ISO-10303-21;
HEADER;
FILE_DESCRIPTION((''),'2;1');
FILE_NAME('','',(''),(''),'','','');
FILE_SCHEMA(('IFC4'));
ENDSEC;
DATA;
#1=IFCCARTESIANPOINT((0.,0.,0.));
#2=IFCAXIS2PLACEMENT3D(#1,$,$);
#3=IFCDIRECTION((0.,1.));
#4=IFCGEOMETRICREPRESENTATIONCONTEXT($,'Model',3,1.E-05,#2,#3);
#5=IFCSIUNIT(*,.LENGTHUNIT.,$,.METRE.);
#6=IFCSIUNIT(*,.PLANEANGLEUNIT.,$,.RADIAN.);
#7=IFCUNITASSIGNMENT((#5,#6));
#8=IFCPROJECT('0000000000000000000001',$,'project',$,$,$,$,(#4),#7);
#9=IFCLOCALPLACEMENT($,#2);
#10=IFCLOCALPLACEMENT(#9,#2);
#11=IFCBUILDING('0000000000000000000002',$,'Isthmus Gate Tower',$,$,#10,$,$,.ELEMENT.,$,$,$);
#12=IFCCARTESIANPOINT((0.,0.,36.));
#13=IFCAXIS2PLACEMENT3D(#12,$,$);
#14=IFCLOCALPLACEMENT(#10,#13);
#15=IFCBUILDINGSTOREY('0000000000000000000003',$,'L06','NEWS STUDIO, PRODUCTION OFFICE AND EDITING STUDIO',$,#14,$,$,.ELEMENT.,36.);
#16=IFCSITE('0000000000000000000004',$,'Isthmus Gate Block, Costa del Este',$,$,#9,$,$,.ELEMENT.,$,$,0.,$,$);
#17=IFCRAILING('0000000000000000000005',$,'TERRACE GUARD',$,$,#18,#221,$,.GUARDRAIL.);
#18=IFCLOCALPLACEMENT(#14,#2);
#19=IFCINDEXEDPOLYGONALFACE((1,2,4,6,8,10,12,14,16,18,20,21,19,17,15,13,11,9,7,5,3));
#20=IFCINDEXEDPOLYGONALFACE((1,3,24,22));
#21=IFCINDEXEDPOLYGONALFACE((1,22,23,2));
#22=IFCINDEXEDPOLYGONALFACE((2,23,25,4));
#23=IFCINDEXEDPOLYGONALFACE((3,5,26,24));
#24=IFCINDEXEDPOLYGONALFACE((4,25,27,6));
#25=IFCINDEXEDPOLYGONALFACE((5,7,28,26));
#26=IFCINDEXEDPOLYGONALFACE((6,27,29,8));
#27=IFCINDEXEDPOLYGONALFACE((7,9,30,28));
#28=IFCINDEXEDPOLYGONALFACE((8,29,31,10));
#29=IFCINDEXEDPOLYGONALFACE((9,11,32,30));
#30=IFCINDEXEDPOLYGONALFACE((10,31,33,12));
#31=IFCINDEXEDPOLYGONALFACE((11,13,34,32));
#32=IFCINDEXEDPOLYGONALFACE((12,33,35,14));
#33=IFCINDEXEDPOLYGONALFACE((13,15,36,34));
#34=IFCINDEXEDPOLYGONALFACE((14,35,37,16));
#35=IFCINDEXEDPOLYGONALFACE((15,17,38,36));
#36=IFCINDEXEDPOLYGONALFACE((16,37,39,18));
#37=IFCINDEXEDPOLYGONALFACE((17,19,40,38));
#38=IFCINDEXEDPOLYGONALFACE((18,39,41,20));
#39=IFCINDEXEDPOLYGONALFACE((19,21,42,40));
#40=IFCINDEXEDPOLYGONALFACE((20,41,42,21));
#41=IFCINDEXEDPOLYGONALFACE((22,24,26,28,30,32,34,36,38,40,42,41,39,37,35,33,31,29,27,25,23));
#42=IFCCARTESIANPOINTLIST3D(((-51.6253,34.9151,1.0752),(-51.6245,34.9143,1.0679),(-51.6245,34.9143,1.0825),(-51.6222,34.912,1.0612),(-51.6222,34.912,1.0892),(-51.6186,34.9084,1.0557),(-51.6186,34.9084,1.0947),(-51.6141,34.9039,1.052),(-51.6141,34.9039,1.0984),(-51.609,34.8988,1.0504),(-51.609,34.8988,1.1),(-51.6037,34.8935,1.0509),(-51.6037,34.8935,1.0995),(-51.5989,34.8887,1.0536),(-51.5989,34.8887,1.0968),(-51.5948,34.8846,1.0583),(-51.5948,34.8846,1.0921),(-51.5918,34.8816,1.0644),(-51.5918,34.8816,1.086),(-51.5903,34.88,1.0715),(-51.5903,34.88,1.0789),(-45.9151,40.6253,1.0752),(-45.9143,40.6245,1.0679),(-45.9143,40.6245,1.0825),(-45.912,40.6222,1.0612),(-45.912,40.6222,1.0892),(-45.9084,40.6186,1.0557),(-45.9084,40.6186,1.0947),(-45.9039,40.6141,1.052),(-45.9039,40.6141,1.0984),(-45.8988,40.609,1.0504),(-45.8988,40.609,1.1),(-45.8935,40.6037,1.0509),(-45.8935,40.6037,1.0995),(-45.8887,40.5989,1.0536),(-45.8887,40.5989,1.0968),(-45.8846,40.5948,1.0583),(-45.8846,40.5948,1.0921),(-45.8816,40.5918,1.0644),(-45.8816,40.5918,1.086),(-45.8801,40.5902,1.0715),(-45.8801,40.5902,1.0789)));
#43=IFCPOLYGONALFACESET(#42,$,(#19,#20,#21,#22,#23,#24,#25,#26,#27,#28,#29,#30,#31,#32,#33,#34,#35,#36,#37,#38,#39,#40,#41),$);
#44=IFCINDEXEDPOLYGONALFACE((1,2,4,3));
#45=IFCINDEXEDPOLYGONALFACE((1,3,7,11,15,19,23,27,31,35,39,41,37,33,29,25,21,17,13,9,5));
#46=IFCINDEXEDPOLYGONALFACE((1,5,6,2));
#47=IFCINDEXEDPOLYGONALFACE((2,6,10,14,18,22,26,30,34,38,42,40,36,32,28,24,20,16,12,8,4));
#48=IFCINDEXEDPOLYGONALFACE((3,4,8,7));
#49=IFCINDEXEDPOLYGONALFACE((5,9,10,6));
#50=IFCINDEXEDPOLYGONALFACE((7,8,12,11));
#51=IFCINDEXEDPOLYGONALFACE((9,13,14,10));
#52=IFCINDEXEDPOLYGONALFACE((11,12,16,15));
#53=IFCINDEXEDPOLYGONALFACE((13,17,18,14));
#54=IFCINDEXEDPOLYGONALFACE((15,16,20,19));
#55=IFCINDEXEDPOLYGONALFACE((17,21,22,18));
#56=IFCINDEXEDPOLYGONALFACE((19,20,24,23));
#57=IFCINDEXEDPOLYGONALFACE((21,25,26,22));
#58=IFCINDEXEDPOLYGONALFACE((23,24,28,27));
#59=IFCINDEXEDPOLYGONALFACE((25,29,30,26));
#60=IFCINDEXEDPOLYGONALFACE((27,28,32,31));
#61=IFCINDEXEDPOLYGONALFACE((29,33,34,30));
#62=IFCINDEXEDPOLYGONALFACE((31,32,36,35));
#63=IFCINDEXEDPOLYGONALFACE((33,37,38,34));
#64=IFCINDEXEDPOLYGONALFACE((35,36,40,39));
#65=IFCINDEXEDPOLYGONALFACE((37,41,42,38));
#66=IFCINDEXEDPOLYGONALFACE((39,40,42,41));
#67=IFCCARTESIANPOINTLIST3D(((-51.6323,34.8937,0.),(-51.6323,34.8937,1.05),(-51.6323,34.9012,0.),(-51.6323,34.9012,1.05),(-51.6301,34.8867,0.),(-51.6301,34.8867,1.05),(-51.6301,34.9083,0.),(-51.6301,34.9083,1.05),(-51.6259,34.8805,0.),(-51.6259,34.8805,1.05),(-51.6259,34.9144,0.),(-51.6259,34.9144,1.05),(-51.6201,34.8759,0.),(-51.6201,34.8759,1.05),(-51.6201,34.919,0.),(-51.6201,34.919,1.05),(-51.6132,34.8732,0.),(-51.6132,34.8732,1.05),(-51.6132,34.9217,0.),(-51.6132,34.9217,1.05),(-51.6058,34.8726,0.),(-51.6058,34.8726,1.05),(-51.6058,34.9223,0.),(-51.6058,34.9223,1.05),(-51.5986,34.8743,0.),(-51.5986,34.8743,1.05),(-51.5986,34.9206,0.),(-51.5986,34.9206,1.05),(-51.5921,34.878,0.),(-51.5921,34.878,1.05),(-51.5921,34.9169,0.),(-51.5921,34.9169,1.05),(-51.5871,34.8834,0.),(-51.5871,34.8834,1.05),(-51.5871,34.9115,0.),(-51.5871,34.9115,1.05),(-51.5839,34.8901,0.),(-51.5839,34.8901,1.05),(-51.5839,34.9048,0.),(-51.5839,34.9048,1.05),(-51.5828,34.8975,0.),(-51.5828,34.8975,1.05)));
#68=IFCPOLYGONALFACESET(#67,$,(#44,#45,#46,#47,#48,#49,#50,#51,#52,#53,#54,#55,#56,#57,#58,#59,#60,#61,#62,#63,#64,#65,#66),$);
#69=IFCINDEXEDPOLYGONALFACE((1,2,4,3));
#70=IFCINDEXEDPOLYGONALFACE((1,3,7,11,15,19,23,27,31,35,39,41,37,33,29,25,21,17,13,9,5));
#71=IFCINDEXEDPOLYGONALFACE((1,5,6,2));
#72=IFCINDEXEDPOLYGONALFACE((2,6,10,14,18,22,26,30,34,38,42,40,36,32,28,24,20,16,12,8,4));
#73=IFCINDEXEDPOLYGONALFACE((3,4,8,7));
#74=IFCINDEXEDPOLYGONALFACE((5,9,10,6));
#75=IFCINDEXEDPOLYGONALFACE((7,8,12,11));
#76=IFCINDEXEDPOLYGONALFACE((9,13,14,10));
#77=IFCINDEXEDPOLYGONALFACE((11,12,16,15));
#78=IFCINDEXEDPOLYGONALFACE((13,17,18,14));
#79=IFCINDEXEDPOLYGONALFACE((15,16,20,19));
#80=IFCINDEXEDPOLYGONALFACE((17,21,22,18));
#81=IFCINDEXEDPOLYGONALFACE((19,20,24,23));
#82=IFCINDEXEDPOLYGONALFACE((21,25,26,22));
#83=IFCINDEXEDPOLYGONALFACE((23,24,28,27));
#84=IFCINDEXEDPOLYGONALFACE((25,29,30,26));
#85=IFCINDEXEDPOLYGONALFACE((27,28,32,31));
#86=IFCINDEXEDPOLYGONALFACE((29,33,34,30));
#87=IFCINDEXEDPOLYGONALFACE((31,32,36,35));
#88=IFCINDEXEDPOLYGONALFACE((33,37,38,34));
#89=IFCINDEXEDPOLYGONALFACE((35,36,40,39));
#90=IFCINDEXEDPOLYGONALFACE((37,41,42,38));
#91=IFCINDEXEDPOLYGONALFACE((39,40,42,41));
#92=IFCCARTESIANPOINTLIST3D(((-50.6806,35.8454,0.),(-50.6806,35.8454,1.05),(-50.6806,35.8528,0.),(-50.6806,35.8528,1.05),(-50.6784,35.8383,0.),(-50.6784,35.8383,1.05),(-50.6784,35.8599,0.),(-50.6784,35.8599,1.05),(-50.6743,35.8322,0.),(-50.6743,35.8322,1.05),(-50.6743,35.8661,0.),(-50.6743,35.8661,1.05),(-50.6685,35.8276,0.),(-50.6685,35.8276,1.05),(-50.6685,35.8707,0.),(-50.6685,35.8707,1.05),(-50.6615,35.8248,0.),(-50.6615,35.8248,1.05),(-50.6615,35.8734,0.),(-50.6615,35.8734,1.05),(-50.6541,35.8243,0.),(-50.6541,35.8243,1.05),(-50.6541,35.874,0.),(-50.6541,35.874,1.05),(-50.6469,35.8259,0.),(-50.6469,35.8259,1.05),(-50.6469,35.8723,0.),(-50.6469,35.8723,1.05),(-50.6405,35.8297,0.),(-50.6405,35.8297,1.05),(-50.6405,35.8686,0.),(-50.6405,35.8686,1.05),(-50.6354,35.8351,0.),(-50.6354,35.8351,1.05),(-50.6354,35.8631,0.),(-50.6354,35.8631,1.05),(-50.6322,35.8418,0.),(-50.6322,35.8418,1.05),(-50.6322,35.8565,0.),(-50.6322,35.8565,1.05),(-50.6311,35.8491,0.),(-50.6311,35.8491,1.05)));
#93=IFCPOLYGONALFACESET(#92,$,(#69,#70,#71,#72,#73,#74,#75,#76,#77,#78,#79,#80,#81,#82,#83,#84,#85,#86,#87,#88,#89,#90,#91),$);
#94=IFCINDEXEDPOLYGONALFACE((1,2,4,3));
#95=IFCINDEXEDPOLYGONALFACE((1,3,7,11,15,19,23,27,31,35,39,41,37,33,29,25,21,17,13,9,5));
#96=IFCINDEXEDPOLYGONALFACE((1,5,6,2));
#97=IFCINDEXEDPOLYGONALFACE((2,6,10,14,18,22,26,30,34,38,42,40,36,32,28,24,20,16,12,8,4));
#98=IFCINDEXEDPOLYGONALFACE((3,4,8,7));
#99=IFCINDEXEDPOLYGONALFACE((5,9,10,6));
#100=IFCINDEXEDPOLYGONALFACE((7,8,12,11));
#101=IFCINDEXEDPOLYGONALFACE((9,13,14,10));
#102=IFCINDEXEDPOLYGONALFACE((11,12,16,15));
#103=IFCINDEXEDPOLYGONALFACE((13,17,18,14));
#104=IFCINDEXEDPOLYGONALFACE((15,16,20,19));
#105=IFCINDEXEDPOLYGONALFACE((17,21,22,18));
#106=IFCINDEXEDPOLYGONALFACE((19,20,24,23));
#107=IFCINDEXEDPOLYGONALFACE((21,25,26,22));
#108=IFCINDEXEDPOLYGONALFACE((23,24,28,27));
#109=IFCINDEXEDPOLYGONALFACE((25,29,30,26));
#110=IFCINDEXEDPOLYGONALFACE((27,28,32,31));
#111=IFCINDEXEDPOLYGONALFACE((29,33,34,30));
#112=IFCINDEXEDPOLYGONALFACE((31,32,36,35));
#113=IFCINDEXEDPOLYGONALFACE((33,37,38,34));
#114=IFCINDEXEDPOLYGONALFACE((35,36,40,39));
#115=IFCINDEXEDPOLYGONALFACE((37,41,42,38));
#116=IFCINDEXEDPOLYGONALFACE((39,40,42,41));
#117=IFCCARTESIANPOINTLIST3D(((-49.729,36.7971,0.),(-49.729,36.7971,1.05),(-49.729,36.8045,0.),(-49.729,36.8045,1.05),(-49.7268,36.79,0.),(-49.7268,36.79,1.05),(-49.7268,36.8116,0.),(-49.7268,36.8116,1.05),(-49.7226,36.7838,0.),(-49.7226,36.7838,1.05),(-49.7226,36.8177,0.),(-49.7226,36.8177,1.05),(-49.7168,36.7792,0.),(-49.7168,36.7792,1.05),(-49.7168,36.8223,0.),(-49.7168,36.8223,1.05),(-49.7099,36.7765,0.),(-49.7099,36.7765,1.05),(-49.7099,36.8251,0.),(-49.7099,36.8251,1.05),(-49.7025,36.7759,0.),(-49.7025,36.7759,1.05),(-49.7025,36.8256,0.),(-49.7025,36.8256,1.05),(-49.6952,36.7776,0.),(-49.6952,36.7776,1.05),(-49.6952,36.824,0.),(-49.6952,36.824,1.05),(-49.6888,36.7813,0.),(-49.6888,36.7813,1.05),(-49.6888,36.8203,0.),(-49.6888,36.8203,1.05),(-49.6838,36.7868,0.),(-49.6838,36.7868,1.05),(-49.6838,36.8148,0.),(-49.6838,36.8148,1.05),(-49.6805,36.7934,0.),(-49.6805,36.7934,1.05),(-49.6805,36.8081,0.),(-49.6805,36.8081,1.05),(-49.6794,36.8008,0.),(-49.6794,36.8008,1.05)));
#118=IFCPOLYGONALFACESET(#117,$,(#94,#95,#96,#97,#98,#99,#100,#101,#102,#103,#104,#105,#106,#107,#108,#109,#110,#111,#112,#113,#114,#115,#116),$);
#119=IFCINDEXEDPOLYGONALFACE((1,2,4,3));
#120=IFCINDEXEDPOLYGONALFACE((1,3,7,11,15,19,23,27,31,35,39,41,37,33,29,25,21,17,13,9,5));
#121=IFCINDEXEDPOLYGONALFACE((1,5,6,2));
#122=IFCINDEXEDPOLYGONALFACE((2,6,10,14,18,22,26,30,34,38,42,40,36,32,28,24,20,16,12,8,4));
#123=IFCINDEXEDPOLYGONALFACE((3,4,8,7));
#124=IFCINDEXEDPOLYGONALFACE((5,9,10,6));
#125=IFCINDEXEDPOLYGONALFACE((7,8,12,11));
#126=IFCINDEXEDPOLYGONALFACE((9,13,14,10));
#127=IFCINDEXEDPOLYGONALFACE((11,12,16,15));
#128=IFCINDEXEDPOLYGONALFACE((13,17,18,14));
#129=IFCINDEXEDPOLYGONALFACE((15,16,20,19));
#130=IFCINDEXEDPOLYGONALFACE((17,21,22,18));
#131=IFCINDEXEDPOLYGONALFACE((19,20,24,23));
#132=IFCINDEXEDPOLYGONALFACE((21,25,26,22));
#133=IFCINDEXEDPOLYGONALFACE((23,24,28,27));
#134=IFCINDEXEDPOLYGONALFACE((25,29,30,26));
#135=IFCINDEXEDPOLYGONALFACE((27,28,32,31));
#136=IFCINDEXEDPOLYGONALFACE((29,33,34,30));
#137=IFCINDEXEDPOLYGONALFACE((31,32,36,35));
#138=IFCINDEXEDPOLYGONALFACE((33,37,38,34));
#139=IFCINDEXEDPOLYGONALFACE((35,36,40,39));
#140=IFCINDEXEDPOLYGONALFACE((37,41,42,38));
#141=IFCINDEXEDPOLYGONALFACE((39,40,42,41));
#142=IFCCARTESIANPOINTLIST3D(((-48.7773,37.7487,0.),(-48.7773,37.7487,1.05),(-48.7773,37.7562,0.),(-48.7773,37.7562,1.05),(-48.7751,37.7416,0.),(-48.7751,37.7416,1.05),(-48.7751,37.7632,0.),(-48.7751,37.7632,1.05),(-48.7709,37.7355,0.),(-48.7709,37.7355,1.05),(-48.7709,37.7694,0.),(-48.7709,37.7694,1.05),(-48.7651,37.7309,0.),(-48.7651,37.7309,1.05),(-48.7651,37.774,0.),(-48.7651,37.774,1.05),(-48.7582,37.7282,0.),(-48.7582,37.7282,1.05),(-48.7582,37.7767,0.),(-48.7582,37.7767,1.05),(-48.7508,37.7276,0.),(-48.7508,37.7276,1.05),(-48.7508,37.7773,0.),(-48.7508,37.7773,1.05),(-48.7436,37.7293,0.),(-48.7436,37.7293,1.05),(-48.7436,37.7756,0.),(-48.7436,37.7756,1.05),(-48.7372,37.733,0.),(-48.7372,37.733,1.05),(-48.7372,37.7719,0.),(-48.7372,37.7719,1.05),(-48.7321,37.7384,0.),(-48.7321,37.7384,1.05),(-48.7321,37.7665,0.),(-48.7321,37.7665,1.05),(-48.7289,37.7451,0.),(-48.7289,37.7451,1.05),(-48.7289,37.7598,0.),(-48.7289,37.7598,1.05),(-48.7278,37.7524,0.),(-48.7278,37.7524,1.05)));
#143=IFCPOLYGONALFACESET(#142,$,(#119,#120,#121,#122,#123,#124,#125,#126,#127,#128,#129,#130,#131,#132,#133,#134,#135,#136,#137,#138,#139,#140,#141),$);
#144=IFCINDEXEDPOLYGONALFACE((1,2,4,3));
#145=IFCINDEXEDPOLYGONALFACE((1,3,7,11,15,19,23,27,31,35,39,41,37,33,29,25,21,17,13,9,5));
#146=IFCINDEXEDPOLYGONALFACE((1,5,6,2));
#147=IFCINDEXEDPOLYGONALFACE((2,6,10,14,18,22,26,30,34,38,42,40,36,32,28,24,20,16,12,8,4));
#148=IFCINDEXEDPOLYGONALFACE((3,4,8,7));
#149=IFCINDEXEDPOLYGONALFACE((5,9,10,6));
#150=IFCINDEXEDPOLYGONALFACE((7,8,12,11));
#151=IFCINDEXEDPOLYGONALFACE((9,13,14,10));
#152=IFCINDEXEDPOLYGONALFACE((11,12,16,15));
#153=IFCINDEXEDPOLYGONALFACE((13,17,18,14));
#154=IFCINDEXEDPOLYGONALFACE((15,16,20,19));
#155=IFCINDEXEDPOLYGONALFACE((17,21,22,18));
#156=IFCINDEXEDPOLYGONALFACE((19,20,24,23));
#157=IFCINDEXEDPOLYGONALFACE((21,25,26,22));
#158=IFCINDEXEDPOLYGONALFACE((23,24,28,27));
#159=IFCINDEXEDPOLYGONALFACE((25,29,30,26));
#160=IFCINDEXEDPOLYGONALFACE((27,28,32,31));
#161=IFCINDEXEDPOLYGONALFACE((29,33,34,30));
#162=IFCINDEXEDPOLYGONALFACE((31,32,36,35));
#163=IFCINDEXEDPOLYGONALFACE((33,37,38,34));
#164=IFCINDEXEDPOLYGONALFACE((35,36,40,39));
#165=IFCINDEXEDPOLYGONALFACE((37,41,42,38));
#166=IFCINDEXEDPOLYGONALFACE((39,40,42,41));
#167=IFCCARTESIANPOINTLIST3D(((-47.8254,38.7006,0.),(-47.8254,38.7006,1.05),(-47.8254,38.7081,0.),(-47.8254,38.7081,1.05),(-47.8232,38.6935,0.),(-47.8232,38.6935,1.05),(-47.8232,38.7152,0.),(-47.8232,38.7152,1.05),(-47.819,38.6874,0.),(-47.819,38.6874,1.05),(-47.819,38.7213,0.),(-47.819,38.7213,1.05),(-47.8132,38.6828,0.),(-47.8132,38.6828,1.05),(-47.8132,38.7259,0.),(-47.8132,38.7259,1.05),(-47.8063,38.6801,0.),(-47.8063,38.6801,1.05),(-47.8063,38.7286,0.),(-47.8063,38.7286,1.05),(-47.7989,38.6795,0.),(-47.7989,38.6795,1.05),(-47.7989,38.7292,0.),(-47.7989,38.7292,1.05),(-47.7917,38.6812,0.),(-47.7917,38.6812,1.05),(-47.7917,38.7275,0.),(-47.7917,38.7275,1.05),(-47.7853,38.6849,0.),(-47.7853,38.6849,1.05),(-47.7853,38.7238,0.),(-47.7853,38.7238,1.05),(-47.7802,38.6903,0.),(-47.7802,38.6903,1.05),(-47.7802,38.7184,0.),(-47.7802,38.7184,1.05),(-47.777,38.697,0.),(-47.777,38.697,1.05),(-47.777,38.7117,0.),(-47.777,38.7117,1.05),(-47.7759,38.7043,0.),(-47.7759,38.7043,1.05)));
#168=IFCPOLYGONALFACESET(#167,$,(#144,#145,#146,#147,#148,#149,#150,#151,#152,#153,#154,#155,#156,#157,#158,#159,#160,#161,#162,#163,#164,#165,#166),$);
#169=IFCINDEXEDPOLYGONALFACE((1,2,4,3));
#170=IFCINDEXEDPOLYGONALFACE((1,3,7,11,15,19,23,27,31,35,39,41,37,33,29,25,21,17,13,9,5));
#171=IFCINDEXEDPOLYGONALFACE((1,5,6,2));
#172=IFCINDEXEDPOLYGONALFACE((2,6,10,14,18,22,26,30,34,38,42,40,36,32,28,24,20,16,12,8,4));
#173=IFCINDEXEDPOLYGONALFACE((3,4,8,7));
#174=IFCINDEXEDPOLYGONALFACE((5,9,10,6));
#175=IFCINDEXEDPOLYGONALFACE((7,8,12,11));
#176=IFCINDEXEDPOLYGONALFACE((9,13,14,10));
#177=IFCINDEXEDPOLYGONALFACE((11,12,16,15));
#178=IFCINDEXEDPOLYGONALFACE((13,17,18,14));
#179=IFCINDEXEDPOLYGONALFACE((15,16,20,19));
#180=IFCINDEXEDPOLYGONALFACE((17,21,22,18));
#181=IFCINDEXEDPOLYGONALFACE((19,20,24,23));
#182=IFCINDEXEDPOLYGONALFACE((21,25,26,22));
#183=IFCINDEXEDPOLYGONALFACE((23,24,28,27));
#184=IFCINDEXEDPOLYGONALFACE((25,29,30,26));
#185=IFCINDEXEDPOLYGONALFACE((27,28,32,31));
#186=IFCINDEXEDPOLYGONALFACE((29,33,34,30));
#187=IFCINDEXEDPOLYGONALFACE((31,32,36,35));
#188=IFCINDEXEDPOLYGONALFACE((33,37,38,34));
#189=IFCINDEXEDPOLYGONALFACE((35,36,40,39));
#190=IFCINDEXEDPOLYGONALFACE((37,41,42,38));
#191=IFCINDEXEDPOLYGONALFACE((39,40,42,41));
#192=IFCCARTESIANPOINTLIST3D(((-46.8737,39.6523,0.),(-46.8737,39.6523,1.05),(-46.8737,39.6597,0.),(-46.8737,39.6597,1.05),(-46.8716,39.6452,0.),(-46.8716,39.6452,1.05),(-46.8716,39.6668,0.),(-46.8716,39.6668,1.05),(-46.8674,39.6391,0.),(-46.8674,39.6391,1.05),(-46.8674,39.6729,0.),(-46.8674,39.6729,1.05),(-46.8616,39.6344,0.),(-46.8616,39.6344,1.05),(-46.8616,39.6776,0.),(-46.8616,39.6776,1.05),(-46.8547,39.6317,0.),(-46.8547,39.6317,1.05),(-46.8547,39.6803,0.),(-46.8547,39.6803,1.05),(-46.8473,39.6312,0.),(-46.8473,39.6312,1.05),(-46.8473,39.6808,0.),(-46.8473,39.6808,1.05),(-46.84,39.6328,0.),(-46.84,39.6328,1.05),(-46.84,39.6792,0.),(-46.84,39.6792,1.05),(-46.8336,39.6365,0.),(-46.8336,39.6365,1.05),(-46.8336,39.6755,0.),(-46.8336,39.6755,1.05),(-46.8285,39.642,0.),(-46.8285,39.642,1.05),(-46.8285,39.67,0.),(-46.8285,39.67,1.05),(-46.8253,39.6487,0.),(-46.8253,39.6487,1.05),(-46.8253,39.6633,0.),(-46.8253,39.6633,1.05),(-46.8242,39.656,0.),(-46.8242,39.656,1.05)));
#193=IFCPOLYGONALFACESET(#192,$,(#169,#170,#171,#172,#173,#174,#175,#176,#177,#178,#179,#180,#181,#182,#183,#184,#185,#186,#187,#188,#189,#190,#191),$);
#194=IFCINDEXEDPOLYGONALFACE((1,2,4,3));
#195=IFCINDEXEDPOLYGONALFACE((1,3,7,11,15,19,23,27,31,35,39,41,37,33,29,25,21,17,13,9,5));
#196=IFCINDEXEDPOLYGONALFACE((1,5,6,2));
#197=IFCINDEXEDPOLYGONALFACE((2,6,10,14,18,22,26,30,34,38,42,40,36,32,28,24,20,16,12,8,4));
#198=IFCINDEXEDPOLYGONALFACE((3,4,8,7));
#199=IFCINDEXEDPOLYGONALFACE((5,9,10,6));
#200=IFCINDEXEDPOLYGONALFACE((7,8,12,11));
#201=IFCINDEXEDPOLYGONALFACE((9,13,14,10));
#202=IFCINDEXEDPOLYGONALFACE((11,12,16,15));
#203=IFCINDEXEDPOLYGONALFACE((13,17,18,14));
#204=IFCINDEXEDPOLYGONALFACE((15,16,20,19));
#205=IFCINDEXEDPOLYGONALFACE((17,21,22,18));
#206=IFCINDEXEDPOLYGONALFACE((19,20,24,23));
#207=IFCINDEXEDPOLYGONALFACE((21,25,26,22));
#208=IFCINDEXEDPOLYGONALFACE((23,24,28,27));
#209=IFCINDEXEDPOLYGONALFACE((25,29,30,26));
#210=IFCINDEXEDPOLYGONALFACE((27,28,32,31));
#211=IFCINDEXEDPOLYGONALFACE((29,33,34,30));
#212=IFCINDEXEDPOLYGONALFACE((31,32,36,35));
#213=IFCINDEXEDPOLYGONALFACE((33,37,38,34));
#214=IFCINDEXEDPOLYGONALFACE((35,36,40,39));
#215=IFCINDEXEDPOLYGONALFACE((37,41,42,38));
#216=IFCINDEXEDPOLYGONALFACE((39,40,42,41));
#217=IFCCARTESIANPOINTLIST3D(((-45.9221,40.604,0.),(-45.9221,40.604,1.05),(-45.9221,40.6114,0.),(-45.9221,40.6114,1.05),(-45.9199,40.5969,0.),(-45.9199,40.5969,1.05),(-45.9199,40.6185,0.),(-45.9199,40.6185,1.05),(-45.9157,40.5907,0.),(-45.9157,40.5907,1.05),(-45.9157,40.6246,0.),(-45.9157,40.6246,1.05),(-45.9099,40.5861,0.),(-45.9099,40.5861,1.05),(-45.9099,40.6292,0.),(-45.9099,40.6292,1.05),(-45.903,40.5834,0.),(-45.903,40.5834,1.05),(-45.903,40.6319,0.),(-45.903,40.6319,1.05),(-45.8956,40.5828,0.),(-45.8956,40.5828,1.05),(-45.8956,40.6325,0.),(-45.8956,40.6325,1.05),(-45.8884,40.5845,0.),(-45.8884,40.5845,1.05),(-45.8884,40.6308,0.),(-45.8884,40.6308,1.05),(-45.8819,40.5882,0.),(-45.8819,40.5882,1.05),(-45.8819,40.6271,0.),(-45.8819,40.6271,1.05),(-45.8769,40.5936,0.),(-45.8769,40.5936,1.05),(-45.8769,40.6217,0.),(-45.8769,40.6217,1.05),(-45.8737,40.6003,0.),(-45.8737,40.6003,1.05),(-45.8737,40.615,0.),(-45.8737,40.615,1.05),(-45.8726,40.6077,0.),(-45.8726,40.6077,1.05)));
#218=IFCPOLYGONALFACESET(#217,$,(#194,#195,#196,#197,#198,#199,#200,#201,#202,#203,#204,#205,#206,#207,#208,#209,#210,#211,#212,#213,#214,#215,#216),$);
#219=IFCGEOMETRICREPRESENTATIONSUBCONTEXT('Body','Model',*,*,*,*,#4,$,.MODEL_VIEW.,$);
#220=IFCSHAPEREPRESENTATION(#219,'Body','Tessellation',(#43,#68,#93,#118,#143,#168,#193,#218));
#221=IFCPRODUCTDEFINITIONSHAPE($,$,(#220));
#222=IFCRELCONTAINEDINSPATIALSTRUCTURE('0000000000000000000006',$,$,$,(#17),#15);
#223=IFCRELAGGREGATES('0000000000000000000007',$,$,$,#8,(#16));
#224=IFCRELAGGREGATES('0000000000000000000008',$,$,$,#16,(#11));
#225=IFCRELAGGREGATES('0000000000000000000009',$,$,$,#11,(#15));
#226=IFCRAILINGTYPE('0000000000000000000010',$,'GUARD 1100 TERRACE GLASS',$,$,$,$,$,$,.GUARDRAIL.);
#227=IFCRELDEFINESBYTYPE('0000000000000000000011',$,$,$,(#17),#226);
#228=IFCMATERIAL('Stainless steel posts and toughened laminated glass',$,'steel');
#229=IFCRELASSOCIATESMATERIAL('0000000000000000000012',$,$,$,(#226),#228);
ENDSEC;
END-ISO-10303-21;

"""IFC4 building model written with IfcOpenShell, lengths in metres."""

from ifc_helpers import new_model, si_unit, direction, frame, origin, origin_2d, place, context, subcontext, project, spatial, circle, extrude, material, type_object, element, save


model = new_model("IFC4")

# Units and contexts
model_context = context("Model", 3, precision=1e-05, world=origin(), true_north=direction((0.0, 1.0)))
body_context = subcontext(model_context, "Body", "Model", "MODEL_VIEW")
ifc_project = project(units=[si_unit("LENGTHUNIT", "METRE"), si_unit("PLANEANGLEUNIT", "RADIAN")], contexts=[model_context])

# Site, building, storey
site_placement = place(None, origin())
site = spatial("IfcSite", under=ifc_project, at=site_placement, Name="Isthmus Gate Block, Costa del Este", CompositionType="ELEMENT", RefElevation=0.0)
building_placement = place(site_placement, origin())
building = spatial("IfcBuilding", under=site, at=building_placement, Name="Isthmus Gate Tower", CompositionType="ELEMENT")
storey_placement = place(building_placement, frame((0.0, 0.0, 36.0)))
storey = spatial("IfcBuildingStorey", under=building, at=storey_placement, Name="L06", Description="NEWS STUDIO, PRODUCTION OFFICE AND EDITING STUDIO", CompositionType="ELEMENT", Elevation=36.0)

# Railing
ifc_material_1 = material(Name="Stainless steel posts and toughened laminated glass", Category="steel")
railing_type_1 = type_object("IfcRailingType", Name="GUARD 1100 TERRACE GLASS", PredefinedType="GUARDRAIL", material=ifc_material_1)
railing_1_placement = place(storey_placement, frame((-51.6077, 34.8975, 0.0)))
element("IfcRailing", 1, at=railing_1_placement, inside=storey, type_object=railing_type_1, Name="TERRACE GUARD", PredefinedType="GUARDRAIL", context=body_context, shape_type="SweptSolid", body=[
    extrude(circle(Radius=0.0249, at=origin_2d()), frame((0.0, 0.0, 1.0752), z_axis=(0.707107, 0.707107, 0.0), x_axis=(-0.707107, 0.707107, 0.0)), (0.0, 0.0, 1.0), 8.0754),
    extrude(circle(Radius=0.0249, at=origin_2d()), origin(), (0.0, 0.0, 1.0), 1.05),
    extrude(circle(Radius=0.0249, at=origin_2d()), frame((0.9517, 0.9517, 0.0)), (0.0, 0.0, 1.0), 1.05),
    extrude(circle(Radius=0.0249, at=origin_2d()), frame((1.9033, 1.9033, 0.0)), (0.0, 0.0, 1.0), 1.05),
    extrude(circle(Radius=0.0249, at=origin_2d()), frame((2.855, 2.855, 0.0)), (0.0, 0.0, 1.0), 1.05),
    extrude(circle(Radius=0.0249, at=origin_2d()), frame((3.8069, 3.8069, 0.0)), (0.0, 0.0, 1.0), 1.05),
    extrude(circle(Radius=0.0249, at=origin_2d()), frame((4.7585, 4.7585, 0.0)), (0.0, 0.0, 1.0), 1.05),
    extrude(circle(Radius=0.0249, at=origin_2d()), frame((5.7102, 5.7102, 0.0)), (0.0, 0.0, 1.0), 1.05),
])

save(model, "model.ifc")
